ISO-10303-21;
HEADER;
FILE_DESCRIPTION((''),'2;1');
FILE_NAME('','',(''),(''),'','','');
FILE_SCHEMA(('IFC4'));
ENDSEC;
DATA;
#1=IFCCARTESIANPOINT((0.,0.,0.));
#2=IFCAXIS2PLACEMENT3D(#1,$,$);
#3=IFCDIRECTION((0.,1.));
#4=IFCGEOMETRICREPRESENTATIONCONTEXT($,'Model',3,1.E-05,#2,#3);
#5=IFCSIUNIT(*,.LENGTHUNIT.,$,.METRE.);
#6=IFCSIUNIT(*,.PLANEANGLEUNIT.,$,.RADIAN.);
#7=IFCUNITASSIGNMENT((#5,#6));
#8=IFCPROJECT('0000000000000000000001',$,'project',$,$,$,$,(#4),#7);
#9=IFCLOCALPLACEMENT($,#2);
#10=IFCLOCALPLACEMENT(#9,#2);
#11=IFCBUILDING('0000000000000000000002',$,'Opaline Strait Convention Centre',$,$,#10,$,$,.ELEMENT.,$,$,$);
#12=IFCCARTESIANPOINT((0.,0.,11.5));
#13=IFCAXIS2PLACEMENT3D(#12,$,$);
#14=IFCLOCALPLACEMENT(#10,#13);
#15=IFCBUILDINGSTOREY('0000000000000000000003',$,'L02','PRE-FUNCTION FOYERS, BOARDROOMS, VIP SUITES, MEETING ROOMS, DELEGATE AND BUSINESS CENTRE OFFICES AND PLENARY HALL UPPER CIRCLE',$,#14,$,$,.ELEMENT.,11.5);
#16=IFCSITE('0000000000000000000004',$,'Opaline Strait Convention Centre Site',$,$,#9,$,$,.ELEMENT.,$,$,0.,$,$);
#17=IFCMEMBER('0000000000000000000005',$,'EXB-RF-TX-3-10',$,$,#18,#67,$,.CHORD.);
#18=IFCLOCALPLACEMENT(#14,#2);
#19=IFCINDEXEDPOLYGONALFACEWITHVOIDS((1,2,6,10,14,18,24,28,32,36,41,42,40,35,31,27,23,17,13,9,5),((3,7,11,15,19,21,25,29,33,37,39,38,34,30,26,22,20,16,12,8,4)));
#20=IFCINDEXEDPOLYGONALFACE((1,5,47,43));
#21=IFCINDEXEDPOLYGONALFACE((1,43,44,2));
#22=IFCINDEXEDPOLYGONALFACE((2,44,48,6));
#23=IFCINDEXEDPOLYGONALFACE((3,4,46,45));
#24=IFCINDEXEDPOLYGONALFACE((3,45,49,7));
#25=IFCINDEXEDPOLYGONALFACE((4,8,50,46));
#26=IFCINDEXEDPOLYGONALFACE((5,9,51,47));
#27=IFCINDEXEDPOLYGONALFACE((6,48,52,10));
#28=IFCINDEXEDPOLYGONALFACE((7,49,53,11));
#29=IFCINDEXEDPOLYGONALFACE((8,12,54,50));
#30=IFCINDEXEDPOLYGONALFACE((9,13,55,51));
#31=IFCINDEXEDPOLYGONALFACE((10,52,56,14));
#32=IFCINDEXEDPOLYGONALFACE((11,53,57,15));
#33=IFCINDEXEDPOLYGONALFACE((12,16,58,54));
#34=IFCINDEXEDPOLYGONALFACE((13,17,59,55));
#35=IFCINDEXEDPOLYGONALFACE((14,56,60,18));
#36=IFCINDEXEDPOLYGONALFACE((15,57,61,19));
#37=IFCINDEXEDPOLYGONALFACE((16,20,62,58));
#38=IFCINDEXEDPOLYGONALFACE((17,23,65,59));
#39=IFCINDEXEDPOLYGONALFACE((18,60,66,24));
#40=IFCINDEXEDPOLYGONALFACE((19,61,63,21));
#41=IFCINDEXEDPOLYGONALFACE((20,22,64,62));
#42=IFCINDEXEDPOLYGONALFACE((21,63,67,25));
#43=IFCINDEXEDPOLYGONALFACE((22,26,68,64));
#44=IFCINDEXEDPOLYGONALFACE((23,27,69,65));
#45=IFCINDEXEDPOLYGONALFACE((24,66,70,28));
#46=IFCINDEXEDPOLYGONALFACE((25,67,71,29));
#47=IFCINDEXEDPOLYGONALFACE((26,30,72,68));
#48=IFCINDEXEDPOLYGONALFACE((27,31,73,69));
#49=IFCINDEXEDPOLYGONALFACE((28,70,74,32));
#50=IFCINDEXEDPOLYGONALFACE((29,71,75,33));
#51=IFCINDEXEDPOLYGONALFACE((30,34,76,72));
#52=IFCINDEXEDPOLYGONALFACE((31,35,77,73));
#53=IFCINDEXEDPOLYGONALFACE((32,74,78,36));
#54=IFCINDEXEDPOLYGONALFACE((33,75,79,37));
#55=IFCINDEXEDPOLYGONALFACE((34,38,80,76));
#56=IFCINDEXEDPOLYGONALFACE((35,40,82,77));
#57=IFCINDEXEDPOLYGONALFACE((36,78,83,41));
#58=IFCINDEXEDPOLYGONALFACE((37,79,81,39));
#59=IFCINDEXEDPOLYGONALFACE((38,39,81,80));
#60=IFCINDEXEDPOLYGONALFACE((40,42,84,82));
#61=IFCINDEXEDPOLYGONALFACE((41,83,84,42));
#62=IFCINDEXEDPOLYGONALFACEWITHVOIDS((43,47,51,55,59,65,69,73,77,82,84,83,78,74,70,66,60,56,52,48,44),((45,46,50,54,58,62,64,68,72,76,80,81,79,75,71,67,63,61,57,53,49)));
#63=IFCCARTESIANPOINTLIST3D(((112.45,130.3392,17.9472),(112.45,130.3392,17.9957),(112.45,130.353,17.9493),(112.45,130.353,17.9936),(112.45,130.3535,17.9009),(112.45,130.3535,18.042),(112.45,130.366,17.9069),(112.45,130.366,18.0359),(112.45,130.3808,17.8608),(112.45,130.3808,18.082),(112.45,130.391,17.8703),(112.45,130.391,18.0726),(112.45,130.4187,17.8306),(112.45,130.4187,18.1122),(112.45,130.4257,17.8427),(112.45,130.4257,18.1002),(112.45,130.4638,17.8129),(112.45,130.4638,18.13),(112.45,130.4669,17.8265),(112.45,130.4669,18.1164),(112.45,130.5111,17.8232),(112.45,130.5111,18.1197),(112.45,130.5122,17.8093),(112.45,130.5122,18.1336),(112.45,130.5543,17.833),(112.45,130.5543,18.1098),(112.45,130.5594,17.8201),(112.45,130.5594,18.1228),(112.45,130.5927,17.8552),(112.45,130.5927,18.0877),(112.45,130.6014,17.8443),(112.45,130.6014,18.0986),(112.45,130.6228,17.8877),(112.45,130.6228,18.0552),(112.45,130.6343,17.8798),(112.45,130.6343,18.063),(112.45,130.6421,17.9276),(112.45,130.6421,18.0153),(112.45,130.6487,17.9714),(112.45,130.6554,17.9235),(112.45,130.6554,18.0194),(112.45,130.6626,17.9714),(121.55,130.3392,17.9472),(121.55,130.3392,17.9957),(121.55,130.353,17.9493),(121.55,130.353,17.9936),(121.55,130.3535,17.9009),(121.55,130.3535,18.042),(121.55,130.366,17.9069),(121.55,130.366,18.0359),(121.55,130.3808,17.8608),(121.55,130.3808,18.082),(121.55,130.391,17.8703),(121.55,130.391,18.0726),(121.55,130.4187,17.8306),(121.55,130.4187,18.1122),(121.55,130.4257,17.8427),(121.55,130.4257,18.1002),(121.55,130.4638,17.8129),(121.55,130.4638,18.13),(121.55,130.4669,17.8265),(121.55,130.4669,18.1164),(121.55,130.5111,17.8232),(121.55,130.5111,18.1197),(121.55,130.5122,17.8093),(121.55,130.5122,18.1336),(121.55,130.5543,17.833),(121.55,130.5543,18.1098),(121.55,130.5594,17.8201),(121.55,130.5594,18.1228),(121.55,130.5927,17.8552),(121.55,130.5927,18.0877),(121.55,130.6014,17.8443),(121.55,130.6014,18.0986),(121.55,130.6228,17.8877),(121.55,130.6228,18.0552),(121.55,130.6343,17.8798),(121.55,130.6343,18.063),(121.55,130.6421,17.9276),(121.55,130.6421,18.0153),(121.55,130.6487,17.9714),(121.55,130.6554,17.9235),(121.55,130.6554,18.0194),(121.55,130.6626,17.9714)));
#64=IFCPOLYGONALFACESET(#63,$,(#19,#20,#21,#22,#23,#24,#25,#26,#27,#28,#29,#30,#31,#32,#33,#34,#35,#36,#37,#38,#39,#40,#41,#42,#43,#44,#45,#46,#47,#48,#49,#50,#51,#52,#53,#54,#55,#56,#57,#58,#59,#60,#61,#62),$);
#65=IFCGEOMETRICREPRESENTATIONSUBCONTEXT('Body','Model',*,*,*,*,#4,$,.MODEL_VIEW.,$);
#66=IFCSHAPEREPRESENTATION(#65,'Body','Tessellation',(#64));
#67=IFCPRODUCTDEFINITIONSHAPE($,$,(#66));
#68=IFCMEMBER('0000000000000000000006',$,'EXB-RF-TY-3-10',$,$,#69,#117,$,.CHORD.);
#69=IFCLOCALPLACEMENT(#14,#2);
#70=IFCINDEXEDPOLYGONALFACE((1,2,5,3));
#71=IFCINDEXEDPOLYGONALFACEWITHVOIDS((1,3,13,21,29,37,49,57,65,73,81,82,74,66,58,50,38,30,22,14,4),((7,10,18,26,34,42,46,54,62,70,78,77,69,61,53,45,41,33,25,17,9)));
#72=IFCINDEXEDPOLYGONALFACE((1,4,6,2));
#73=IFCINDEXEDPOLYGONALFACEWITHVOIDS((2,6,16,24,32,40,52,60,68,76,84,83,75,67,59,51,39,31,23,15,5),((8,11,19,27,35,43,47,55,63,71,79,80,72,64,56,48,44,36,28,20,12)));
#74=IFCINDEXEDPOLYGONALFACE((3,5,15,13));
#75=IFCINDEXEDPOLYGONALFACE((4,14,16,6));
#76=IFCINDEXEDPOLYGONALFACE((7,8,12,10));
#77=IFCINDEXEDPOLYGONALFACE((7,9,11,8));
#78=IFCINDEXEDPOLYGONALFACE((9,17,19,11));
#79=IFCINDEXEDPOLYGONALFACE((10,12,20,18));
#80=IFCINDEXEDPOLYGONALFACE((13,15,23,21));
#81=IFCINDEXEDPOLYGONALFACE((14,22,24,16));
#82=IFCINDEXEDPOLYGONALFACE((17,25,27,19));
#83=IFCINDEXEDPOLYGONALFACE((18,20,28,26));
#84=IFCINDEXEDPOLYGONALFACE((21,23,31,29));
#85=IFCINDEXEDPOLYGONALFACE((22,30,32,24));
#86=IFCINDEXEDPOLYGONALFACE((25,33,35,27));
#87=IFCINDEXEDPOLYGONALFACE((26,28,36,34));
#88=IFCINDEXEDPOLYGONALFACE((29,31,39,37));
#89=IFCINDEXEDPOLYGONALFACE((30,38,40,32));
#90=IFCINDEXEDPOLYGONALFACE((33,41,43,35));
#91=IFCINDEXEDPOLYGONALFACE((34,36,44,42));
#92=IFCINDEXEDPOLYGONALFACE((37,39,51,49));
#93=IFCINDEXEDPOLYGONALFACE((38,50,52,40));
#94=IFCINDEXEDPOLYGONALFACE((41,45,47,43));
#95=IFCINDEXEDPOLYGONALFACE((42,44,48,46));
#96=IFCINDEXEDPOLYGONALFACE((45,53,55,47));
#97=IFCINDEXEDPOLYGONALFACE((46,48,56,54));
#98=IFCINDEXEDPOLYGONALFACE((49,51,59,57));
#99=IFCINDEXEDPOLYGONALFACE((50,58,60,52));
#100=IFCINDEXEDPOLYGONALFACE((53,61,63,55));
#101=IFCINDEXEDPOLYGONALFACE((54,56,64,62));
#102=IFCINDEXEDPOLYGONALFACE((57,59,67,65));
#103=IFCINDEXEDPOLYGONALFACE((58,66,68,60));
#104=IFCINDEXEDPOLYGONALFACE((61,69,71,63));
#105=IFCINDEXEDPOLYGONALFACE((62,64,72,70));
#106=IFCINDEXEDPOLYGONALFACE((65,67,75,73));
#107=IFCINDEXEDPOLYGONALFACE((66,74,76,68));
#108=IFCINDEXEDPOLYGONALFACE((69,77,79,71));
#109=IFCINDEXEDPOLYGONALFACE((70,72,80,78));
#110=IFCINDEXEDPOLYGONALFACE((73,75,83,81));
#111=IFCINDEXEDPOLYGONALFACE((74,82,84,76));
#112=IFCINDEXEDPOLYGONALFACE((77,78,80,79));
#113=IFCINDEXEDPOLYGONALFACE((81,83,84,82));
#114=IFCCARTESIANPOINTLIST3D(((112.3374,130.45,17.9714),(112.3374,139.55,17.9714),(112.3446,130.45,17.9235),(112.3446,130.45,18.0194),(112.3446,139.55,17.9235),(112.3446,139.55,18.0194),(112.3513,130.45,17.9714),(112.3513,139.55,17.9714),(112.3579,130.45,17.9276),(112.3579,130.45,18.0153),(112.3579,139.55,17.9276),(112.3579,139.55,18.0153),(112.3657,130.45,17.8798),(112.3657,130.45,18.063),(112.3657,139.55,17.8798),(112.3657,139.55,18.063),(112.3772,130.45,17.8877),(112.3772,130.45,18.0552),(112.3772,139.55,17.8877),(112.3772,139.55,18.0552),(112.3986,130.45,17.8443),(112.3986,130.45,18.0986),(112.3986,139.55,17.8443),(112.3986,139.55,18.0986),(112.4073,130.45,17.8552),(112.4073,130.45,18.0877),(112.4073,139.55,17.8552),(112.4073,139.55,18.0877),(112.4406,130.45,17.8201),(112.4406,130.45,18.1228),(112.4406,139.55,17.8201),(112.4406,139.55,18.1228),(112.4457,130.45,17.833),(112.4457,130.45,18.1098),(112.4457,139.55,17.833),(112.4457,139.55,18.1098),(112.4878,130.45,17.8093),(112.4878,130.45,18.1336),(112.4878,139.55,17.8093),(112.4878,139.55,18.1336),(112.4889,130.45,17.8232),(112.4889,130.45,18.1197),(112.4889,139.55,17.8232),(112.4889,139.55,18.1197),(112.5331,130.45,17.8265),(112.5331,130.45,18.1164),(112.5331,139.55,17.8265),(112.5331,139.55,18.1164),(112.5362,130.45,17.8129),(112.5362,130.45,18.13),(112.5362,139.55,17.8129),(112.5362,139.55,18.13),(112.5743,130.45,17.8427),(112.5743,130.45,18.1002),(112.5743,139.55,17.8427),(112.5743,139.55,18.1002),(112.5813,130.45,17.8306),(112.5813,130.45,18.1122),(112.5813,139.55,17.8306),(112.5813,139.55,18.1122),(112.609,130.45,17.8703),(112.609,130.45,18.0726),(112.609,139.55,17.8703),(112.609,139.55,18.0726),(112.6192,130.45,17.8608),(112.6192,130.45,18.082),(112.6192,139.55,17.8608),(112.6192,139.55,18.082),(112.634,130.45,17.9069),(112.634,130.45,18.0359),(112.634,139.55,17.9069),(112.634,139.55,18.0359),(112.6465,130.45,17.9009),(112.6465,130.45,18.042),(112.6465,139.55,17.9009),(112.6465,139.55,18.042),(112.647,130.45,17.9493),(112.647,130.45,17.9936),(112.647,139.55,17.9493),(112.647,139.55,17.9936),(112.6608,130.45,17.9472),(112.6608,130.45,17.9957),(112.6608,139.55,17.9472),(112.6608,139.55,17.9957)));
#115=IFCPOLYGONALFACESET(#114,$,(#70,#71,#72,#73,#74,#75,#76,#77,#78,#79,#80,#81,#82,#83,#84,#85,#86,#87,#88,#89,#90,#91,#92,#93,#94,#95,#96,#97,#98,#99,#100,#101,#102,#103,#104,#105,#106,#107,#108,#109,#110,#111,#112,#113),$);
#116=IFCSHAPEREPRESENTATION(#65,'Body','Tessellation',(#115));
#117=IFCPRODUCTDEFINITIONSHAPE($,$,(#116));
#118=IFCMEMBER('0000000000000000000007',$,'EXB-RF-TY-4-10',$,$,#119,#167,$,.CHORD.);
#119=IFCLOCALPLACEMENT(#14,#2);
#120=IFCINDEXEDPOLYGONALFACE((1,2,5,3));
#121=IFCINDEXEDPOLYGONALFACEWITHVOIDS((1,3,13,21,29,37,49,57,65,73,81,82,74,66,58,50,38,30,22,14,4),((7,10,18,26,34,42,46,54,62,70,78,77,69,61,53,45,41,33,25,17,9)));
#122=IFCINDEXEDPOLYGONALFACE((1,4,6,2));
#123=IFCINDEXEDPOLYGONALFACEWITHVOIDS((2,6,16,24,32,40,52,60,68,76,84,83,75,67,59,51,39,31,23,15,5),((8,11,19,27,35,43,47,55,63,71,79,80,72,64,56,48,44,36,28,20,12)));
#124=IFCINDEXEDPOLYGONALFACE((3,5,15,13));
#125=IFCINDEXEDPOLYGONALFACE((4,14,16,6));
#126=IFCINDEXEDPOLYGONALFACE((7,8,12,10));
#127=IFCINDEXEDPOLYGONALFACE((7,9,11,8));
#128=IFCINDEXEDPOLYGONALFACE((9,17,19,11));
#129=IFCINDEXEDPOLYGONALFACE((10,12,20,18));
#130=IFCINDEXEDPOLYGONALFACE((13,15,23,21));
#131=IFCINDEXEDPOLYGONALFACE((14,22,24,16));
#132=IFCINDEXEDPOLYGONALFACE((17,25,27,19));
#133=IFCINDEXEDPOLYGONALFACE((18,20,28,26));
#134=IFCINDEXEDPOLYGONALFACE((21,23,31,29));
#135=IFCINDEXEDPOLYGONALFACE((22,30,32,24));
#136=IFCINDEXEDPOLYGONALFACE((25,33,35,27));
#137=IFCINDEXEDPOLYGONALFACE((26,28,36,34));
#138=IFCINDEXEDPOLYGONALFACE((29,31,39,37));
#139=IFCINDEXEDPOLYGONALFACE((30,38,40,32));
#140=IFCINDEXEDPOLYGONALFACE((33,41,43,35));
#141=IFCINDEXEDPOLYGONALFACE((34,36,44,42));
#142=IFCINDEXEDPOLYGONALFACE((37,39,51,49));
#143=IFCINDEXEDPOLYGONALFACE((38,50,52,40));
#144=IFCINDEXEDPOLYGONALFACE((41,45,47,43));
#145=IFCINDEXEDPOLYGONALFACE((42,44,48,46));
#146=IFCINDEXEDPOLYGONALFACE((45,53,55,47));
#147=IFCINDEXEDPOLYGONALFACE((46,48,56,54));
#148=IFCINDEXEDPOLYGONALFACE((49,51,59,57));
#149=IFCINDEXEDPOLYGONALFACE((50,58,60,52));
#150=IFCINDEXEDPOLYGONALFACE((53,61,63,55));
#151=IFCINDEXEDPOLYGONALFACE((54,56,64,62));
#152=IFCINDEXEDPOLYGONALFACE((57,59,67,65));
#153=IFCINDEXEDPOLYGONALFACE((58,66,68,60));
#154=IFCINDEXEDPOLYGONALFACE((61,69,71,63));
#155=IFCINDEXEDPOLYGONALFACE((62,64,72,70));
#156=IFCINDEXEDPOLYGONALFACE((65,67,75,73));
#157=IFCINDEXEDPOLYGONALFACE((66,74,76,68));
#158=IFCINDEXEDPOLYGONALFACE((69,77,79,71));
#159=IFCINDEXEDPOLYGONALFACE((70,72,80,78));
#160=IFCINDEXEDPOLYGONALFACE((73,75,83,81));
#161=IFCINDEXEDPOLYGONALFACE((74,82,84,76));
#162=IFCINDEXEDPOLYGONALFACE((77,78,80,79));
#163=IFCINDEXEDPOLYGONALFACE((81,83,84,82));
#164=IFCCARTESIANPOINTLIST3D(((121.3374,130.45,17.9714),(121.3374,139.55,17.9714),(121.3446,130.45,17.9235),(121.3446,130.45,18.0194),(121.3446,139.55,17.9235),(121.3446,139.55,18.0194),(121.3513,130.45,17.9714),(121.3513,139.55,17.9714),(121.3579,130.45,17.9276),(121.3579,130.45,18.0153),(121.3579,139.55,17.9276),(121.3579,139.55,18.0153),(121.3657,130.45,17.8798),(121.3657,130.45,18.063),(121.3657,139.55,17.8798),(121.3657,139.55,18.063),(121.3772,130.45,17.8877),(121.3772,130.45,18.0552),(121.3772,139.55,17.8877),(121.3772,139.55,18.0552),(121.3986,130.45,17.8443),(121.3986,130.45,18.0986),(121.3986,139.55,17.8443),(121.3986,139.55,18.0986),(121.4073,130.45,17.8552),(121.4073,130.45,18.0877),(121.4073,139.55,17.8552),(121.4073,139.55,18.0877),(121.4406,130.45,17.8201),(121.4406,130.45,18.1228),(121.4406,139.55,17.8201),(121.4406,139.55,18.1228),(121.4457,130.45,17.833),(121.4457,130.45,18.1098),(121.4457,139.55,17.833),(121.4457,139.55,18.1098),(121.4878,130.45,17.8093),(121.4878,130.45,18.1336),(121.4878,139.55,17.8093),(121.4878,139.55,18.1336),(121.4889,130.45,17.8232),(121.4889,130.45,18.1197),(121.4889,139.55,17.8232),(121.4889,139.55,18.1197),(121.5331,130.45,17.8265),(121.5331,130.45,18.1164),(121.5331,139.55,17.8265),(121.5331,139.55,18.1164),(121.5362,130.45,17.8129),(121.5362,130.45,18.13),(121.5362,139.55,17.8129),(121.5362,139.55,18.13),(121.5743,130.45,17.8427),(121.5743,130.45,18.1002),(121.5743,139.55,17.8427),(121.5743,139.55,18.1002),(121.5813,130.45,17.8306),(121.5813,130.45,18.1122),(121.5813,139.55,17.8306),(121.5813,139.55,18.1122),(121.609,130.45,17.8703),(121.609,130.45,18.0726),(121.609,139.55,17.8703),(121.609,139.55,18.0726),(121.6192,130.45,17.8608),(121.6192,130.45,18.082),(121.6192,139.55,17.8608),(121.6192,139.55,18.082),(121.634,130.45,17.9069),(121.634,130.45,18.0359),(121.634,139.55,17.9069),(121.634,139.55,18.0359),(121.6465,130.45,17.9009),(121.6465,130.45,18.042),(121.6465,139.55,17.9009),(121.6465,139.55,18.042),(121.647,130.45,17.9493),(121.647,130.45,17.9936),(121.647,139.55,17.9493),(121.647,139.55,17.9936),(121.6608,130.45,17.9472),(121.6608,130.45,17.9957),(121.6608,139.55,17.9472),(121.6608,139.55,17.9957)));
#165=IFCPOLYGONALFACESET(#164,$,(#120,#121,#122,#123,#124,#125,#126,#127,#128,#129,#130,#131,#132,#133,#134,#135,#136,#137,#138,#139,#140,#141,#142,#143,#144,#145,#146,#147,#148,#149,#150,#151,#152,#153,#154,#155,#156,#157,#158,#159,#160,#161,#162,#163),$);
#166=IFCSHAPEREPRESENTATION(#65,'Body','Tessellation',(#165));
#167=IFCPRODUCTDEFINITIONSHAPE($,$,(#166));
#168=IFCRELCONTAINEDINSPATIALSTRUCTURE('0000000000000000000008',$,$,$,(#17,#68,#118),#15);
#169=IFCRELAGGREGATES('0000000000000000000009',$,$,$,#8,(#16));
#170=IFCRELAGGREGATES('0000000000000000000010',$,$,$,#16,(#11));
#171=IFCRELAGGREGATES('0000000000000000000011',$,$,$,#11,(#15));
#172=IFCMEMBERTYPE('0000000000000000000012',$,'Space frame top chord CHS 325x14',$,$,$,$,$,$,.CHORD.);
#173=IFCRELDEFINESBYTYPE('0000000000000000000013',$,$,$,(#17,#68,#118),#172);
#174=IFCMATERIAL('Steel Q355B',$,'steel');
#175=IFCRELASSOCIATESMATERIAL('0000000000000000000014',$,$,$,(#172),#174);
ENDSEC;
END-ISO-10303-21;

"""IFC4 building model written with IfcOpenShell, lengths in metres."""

from ifc_helpers import new_model, si_unit, direction, frame, origin, origin_2d, place, context, subcontext, project, spatial, hollow_circle, extrude, material, material_profile, profile_set, type_object, element, save


model = new_model("IFC4")

# Units and contexts
model_context = context("Model", 3, precision=1e-05, world=origin(), true_north=direction((0.0, 1.0)))
body_context = subcontext(model_context, "Body", "Model", "MODEL_VIEW")
ifc_project = project(units=[si_unit("LENGTHUNIT", "METRE"), si_unit("PLANEANGLEUNIT", "RADIAN")], contexts=[model_context])

# Site, building, storey
site_placement = place(None, origin())
site = spatial("IfcSite", under=ifc_project, at=site_placement, Name="Opaline Strait Convention Centre Site", CompositionType="ELEMENT", RefElevation=0.0)
building_placement = place(site_placement, origin())
building = spatial("IfcBuilding", under=site, at=building_placement, Name="Opaline Strait Convention Centre", CompositionType="ELEMENT")
storey_placement = place(building_placement, frame((0.0, 0.0, 11.5)))
storey = spatial("IfcBuildingStorey", under=building, at=storey_placement, Name="L02", Description="PRE-FUNCTION FOYERS, BOARDROOMS, VIP SUITES, MEETING ROOMS, DELEGATE AND BUSINESS CENTRE OFFICES AND PLENARY HALL UPPER CIRCLE", CompositionType="ELEMENT", Elevation=11.5)

# Members
ifc_material = material(Name="Steel Q355B", Category="steel")
ifc_material_profile_1 = material_profile(ifc_material, hollow_circle(Radius=0.1626, WallThickness=0.0139, at=origin_2d()), Name="CHS 325x14")
ifc_profile_set_1 = profile_set([ifc_material_profile_1], Name="Steel Q355B")
member_type_1 = type_object("IfcMemberType", Name="Space frame top chord CHS 325x14", PredefinedType="CHORD", material=ifc_profile_set_1)
for number, where, z_axis, x_axis, name in (
    (1, (112.45, 130.5, 17.9714), (1.0, 0.0, 0.0), (0.0, 1.0, 0.0), "EXB-RF-TX-3-10"),
    (2, (112.5, 130.45, 17.9714), (0.0, 1.0, 0.0), (-1.0, 0.0, 0.0), "EXB-RF-TY-3-10"),
    (3, (121.5, 130.45, 17.9714), (0.0, 1.0, 0.0), (-1.0, 0.0, 0.0), "EXB-RF-TY-4-10"),
):
    element("IfcMember", number, at=place(storey_placement, frame(where, z_axis=z_axis, x_axis=x_axis)), inside=storey, type_object=member_type_1, Name=name, PredefinedType="CHORD", context=body_context, shape_type="SweptSolid", body=[
        extrude(hollow_circle(Radius=0.1626, WallThickness=0.0139, at=origin_2d()), origin(), (0.0, 0.0, 1.0), 9.1001),
    ])

save(model, "model.ifc")
